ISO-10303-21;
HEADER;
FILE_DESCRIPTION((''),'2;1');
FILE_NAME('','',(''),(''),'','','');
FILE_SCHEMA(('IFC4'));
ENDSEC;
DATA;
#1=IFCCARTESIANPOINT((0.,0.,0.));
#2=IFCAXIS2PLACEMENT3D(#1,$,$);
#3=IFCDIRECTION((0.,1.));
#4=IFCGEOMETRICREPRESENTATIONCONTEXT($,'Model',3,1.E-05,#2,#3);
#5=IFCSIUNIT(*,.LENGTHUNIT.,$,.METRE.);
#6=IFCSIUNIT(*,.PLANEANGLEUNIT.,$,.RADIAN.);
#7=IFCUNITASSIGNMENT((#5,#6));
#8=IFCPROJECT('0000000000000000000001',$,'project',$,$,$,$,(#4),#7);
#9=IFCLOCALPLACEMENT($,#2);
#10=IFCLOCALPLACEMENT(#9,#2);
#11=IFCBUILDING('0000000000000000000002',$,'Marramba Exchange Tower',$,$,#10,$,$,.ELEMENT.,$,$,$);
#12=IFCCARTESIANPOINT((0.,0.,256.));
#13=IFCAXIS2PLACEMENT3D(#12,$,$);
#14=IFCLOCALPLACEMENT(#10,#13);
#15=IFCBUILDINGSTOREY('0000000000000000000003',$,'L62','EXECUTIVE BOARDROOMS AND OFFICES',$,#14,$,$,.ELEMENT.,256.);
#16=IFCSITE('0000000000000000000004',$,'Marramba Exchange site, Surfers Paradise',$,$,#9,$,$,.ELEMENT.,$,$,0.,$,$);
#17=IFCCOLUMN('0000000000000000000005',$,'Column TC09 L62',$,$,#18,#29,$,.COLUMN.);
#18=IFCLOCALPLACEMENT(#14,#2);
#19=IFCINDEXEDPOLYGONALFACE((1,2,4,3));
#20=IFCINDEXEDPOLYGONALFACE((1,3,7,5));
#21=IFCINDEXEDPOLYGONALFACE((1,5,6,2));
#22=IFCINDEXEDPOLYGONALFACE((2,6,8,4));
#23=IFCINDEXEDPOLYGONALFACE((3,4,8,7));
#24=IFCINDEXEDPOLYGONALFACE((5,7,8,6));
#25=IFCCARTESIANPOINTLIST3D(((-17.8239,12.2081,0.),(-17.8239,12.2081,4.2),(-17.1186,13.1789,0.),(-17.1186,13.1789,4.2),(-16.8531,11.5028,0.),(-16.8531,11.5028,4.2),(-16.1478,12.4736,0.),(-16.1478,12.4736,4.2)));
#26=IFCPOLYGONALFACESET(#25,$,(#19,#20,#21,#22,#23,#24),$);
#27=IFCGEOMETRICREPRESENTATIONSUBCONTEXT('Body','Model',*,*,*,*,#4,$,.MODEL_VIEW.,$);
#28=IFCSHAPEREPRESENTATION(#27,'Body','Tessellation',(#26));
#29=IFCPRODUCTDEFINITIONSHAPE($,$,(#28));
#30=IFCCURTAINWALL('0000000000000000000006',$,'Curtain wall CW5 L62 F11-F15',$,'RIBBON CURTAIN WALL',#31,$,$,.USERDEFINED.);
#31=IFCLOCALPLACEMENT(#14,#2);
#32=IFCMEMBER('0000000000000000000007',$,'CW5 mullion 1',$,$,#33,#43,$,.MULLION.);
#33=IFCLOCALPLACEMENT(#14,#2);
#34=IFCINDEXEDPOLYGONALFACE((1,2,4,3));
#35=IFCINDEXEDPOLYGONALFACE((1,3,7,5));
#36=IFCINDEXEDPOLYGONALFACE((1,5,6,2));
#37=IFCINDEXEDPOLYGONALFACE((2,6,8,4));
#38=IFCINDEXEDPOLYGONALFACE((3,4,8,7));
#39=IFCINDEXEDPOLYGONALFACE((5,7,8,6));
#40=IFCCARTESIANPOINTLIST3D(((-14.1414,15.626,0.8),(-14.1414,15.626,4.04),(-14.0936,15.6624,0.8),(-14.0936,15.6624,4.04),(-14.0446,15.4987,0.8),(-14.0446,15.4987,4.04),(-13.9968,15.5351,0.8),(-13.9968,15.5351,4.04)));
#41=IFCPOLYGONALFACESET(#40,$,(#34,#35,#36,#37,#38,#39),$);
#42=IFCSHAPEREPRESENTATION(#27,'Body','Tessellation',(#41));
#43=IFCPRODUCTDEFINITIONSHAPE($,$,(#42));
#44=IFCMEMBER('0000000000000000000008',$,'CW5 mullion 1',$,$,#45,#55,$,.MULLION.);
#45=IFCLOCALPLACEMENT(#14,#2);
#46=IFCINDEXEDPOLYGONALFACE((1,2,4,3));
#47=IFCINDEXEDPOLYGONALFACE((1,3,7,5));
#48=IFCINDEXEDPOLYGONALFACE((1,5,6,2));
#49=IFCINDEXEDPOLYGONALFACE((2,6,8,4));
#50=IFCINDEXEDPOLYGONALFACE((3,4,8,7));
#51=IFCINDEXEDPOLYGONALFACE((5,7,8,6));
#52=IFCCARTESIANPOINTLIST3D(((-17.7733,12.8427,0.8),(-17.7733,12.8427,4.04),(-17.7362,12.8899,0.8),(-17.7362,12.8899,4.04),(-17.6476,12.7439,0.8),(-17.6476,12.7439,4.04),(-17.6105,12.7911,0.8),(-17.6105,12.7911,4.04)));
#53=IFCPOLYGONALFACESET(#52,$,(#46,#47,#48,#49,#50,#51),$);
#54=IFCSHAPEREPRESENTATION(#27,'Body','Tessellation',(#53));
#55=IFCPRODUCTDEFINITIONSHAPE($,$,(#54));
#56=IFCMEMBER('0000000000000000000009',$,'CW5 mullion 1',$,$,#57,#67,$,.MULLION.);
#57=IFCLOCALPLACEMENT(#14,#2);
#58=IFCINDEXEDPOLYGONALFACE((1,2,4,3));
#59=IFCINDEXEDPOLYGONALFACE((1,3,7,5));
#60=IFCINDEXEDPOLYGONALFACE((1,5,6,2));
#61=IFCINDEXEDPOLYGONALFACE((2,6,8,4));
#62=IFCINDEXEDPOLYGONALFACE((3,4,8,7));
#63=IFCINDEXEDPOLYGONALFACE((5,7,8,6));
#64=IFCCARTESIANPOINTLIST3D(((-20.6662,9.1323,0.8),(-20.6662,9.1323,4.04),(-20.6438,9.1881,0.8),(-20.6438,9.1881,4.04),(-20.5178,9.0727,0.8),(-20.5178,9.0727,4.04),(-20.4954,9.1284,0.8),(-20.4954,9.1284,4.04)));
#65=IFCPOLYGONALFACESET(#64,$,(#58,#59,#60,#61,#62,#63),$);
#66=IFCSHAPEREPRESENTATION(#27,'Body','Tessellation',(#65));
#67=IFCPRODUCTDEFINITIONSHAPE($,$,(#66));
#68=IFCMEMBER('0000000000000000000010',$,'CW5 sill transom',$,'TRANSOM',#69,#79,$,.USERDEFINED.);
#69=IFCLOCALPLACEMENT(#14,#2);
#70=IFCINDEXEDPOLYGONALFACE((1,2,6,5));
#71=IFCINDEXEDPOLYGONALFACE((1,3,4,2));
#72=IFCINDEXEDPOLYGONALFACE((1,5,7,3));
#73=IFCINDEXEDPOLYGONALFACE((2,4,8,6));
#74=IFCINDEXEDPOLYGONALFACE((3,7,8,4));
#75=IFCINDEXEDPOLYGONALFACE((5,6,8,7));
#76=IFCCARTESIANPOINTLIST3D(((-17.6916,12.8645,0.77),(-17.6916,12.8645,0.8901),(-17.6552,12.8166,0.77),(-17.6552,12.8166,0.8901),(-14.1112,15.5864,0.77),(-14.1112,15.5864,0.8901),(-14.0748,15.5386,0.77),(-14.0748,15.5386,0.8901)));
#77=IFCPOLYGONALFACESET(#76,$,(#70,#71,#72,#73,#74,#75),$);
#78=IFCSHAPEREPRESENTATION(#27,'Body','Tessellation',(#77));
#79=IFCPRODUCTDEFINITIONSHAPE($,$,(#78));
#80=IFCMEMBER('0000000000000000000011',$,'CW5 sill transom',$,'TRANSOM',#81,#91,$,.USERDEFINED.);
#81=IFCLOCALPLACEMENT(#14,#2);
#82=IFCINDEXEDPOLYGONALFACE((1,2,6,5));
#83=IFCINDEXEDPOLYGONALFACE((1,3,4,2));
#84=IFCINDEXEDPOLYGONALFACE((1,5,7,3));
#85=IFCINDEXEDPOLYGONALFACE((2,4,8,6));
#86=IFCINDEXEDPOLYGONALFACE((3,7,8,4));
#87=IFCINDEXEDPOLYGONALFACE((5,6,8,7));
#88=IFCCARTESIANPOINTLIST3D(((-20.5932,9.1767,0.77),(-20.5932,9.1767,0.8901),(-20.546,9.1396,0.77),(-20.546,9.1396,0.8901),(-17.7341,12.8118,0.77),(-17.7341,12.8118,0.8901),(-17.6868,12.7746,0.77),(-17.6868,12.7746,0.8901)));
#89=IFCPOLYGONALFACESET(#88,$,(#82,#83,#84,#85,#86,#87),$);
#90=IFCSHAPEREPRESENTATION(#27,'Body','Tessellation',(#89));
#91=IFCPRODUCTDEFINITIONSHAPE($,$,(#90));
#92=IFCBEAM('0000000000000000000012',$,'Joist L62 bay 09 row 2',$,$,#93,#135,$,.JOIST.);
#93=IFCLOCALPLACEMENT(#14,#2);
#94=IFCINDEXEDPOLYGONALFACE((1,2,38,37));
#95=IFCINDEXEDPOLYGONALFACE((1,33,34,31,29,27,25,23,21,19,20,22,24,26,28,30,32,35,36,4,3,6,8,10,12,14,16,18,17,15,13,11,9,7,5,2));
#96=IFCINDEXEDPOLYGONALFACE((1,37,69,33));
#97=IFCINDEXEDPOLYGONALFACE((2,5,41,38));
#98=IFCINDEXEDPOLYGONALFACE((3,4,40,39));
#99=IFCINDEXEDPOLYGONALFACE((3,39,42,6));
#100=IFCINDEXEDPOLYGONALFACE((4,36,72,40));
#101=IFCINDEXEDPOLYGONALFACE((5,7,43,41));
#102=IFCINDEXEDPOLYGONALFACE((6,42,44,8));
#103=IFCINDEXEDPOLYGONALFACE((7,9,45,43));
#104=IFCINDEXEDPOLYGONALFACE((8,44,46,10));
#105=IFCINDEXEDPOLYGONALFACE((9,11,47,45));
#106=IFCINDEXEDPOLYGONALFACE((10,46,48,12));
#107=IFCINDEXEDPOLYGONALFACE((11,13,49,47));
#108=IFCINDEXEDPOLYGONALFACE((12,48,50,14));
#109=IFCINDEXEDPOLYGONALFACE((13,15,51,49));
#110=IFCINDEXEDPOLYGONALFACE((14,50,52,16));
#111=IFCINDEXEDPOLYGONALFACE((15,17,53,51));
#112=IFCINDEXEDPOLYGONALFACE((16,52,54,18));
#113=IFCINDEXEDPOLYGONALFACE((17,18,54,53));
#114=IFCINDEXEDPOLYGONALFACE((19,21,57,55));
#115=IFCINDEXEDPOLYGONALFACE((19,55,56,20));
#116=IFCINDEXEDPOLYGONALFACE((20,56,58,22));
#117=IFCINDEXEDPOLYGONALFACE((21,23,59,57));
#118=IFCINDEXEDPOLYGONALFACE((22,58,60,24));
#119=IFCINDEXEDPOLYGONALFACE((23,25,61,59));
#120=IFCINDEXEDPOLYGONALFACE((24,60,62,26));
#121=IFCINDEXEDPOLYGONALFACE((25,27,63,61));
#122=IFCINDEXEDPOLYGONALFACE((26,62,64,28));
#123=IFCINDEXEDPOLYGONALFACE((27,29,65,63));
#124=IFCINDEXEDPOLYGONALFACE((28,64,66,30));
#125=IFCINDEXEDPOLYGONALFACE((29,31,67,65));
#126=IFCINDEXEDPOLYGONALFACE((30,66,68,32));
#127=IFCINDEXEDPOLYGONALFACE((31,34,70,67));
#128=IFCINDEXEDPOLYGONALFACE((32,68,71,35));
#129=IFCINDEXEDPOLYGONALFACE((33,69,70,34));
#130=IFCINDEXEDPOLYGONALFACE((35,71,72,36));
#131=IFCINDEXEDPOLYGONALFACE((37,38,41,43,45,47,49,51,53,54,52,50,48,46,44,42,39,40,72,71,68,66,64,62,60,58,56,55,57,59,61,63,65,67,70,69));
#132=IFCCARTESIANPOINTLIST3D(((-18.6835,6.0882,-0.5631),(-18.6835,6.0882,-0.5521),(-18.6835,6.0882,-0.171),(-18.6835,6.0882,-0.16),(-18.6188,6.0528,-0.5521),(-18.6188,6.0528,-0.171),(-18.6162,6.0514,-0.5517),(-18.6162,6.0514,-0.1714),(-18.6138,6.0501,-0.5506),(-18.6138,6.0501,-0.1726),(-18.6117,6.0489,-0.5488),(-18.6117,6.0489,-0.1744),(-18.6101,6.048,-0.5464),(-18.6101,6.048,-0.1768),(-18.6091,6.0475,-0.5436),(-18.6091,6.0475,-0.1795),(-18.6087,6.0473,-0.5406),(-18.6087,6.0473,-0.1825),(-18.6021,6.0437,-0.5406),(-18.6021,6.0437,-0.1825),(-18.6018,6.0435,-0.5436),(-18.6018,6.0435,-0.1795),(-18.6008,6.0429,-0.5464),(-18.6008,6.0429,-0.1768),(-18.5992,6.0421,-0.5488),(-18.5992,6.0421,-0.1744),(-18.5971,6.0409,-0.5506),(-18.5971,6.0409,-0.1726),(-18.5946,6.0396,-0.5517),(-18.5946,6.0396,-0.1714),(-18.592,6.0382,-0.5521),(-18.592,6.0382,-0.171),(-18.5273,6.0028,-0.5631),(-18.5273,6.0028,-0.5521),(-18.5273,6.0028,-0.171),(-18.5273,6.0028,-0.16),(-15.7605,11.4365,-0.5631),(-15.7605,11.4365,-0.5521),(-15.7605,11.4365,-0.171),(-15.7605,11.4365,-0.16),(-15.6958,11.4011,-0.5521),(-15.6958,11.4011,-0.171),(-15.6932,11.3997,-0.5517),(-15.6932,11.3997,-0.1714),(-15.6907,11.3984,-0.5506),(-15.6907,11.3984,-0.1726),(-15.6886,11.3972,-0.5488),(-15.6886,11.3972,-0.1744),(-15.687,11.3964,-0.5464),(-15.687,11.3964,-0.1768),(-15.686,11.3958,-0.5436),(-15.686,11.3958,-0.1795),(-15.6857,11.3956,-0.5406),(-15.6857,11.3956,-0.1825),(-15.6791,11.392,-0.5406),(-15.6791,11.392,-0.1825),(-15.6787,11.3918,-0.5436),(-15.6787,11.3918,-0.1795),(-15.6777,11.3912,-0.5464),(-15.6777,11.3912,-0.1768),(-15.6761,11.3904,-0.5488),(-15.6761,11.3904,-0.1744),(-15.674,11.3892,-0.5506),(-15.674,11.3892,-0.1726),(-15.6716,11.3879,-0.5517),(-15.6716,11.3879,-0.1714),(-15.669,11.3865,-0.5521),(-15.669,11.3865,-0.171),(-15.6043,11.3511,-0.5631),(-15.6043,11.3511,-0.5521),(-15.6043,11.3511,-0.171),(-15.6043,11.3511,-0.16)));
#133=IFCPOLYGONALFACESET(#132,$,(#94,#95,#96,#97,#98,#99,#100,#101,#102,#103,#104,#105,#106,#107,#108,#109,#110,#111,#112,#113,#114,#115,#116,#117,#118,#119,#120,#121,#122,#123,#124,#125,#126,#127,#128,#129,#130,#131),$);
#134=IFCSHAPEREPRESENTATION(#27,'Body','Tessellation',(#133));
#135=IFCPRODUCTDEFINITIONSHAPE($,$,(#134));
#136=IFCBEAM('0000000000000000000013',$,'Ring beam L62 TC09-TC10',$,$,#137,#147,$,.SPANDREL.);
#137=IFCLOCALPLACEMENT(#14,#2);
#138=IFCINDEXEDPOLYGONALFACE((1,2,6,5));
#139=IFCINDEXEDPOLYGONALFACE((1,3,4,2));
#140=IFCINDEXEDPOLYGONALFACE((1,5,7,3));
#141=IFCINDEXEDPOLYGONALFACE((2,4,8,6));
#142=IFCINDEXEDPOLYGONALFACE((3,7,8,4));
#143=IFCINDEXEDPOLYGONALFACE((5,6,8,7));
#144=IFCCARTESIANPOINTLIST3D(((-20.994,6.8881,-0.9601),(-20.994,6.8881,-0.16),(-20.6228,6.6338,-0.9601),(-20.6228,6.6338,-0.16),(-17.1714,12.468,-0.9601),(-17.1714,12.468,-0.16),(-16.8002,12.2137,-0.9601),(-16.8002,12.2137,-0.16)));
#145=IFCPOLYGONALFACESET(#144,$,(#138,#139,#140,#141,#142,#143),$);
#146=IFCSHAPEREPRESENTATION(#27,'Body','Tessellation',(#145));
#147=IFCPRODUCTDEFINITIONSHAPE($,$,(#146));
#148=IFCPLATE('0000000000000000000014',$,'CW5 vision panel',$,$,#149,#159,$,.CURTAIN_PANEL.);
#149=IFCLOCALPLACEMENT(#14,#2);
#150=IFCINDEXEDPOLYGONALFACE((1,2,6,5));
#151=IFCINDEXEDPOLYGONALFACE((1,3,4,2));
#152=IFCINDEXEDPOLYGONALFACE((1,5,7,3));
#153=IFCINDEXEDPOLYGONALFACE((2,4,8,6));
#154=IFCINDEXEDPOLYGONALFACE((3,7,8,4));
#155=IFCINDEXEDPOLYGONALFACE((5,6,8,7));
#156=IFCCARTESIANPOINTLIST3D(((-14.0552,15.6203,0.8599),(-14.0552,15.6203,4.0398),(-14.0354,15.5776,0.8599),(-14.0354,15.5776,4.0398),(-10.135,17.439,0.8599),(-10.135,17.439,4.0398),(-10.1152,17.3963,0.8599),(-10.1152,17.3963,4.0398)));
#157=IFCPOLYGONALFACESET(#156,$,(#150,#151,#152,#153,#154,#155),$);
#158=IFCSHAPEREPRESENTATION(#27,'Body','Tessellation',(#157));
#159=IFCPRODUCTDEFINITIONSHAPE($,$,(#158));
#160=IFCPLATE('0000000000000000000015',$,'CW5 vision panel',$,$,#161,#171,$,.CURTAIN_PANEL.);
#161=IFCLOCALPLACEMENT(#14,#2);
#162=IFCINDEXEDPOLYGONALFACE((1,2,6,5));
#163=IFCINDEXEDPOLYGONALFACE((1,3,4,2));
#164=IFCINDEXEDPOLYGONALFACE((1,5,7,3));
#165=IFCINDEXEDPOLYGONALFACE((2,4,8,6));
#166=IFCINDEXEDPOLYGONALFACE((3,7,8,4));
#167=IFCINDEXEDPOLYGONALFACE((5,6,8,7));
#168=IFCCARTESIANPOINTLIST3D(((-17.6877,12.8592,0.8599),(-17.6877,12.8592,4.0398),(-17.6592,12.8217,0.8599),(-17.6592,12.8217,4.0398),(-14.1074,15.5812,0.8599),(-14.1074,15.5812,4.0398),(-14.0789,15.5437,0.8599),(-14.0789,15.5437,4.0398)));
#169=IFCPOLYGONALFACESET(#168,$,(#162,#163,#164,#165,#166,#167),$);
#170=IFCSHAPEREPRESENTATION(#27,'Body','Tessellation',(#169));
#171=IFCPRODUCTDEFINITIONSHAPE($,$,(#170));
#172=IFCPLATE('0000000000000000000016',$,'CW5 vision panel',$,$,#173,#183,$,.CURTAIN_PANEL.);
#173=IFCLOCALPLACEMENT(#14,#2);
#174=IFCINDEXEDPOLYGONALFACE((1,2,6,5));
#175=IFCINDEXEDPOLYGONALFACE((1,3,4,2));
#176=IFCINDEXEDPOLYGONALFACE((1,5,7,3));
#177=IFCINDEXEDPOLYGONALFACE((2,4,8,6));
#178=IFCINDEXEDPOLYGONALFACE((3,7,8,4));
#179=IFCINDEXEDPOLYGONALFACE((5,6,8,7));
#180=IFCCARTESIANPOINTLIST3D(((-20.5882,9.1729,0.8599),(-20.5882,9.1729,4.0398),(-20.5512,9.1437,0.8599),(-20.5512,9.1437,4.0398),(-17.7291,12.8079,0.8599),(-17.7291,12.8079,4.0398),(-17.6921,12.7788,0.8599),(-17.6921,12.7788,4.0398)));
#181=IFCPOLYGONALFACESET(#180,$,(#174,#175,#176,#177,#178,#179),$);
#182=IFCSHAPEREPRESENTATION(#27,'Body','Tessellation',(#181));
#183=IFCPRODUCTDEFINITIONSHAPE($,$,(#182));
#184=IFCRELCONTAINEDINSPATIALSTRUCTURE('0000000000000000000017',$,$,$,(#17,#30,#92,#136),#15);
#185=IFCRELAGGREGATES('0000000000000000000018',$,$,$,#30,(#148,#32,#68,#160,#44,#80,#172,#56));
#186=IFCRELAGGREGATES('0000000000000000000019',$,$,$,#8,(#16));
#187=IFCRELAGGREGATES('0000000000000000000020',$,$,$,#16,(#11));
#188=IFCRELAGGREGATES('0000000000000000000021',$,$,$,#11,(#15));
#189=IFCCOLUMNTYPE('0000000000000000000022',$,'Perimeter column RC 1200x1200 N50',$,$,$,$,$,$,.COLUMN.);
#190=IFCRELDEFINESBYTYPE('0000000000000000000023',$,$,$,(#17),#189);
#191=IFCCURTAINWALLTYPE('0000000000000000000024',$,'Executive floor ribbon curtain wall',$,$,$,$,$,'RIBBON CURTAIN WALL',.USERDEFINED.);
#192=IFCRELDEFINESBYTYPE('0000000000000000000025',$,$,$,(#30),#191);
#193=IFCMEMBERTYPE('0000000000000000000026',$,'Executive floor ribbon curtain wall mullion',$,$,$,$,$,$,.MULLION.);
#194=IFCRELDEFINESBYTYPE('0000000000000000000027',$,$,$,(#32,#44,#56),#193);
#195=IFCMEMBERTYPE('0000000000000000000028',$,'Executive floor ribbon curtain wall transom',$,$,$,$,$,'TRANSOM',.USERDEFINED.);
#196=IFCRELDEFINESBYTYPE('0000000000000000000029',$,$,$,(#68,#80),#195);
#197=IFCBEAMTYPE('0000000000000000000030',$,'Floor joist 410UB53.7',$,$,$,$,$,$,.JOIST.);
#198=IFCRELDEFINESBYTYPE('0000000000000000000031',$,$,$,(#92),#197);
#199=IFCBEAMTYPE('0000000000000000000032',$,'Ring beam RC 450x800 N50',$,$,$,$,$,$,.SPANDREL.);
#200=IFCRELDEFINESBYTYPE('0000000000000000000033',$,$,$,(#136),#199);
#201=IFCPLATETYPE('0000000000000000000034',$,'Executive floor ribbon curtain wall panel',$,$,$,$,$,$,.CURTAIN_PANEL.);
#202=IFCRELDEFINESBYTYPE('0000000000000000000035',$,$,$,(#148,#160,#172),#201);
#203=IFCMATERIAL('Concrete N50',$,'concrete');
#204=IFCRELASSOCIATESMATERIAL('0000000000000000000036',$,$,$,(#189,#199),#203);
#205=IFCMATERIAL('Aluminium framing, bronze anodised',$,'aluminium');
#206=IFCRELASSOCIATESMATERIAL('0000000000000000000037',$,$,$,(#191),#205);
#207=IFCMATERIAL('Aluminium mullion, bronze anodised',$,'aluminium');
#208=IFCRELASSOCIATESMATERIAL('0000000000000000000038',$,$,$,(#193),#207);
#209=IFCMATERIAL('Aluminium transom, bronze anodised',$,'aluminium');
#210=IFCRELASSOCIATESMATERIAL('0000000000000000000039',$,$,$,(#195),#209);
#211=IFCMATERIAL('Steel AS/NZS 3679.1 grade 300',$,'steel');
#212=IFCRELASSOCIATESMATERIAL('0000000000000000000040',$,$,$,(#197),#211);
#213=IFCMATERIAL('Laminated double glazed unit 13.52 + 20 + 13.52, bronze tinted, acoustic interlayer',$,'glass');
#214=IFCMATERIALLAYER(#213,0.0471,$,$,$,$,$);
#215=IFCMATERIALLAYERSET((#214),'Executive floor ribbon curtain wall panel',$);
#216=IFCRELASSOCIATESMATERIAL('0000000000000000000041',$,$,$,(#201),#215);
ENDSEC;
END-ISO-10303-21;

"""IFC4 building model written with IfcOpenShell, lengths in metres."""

from ifc_helpers import new_model, si_unit, direction, frame, origin, origin_2d, place, context, subcontext, project, spatial, rectangle, i_section, extrude, material, layer, layer_set, material_profile, profile_set, type_object, element, aggregate, save


model = new_model("IFC4")

# Units and contexts
model_context = context("Model", 3, precision=1e-05, world=origin(), true_north=direction((0.0, 1.0)))
body_context = subcontext(model_context, "Body", "Model", "MODEL_VIEW")
ifc_project = project(units=[si_unit("LENGTHUNIT", "METRE"), si_unit("PLANEANGLEUNIT", "RADIAN")], contexts=[model_context])

# Site, building, storey
site_placement = place(None, origin())
site = spatial("IfcSite", under=ifc_project, at=site_placement, Name="Marramba Exchange site, Surfers Paradise", CompositionType="ELEMENT", RefElevation=0.0)
building_placement = place(site_placement, origin())
building = spatial("IfcBuilding", under=site, at=building_placement, Name="Marramba Exchange Tower", CompositionType="ELEMENT")
storey_placement = place(building_placement, frame((0.0, 0.0, 256.0)))
storey = spatial("IfcBuildingStorey", under=building, at=storey_placement, Name="L62", Description="EXECUTIVE BOARDROOMS AND OFFICES", CompositionType="ELEMENT", Elevation=256.0)

# Column
ifc_material_1 = material(Name="Concrete N50", Category="concrete")
ifc_material_profile_1 = material_profile(ifc_material_1, rectangle(XDim=1.2, YDim=1.2, at=origin_2d()), Name="RC 1200x1200")
ifc_profile_set_1 = profile_set([ifc_material_profile_1], Name="Concrete N50")
column_type = type_object("IfcColumnType", Name="Perimeter column RC 1200x1200 N50", PredefinedType="COLUMN", material=ifc_profile_set_1)
column_placement = place(storey_placement, frame((-16.9858, 12.3408, 0.0), z_axis=(0.0, 0.0, 1.0), x_axis=(-0.809017, 0.587785, 0.0)))
element("IfcColumn", 1, at=column_placement, inside=storey, type_object=column_type, Name="Column TC09 L62", PredefinedType="COLUMN", context=body_context, shape_type="SweptSolid", body=[
    extrude(rectangle(XDim=1.2, YDim=1.2, at=origin_2d()), origin(), (0.0, 0.0, 1.0), 4.2),
])

# Curtain wall, members
ifc_material_2 = material(Name="Aluminium framing, bronze anodised", Category="aluminium")
curtain_wall_type = type_object("IfcCurtainWallType", Name="Executive floor ribbon curtain wall", ElementType="RIBBON CURTAIN WALL", PredefinedType="USERDEFINED", material=ifc_material_2)
curtain_wall_placement = place(storey_placement, origin())
curtain_wall = element("IfcCurtainWall", 2, at=curtain_wall_placement, inside=storey, type_object=curtain_wall_type, Name="Curtain wall CW5 L62 F11-F15", ObjectType="RIBBON CURTAIN WALL", PredefinedType="USERDEFINED")
ifc_material_3 = material(Name="Aluminium mullion, bronze anodised", Category="aluminium")
ifc_material_profile_2 = material_profile(ifc_material_3, rectangle(XDim=0.1599, YDim=0.0601, at=origin_2d()), Name="CW5 mullion 60x160")
ifc_profile_set_2 = profile_set([ifc_material_profile_2], Name="Aluminium mullion, bronze anodised")
member_type_1 = type_object("IfcMemberType", Name="Executive floor ribbon curtain wall mullion", PredefinedType="MULLION", material=ifc_profile_set_2)
member_1_placement = place(storey_placement, frame((-14.0691, 15.5806, 0.8), z_axis=(0.0, 0.0, 1.0), x_axis=(0.605219, -0.796059, 0.0)))
member_1 = element("IfcMember", 3, at=member_1_placement, type_object=member_type_1, Name="CW5 mullion 1", PredefinedType="MULLION", context=body_context, shape_type="SweptSolid", body=[
    extrude(rectangle(XDim=0.1599, YDim=0.0601, at=origin_2d()), origin(), (0.0, 0.0, 1.0), 3.24),
])
member_2_placement = place(storey_placement, frame((-17.6919, 12.8169, 0.8), z_axis=(0.0, 0.0, 1.0), x_axis=(0.786003, -0.618223, 0.0)))
member_2 = element("IfcMember", 4, at=member_2_placement, type_object=member_type_1, Name="CW5 mullion 1", PredefinedType="MULLION", context=body_context, shape_type="SweptSolid", body=[
    extrude(rectangle(XDim=0.1599, YDim=0.0601, at=origin_2d()), origin(), (0.0, 0.0, 1.0), 3.24),
])
member_3_placement = place(storey_placement, frame((-20.5808, 9.1304, 0.8), z_axis=(0.0, 0.0, 1.0), x_axis=(0.927838, -0.372983, 0.0)))
member_3 = element("IfcMember", 5, at=member_3_placement, type_object=member_type_1, Name="CW5 mullion 1", PredefinedType="MULLION", context=body_context, shape_type="SweptSolid", body=[
    extrude(rectangle(XDim=0.1599, YDim=0.0601, at=origin_2d()), origin(), (0.0, 0.0, 1.0), 3.24),
])
ifc_material_4 = material(Name="Aluminium transom, bronze anodised", Category="aluminium")
ifc_material_profile_3 = material_profile(ifc_material_4, rectangle(XDim=0.0601, YDim=0.1201, at=origin_2d()), Name="CW5 transom 60x120")
ifc_profile_set_3 = profile_set([ifc_material_profile_3], Name="Aluminium transom, bronze anodised")
member_type_2 = type_object("IfcMemberType", Name="Executive floor ribbon curtain wall transom", ElementType="TRANSOM", PredefinedType="USERDEFINED", material=ifc_profile_set_3)
member_4_placement = place(storey_placement, frame((-14.093, 15.5625, 0.8301), z_axis=(-0.796068, -0.605207, 0.0), x_axis=(0.605207, -0.796068, 0.0)))
member_4 = element("IfcMember", 6, at=member_4_placement, type_object=member_type_2, Name="CW5 sill transom", ObjectType="TRANSOM", PredefinedType="USERDEFINED", context=body_context, shape_type="SweptSolid", body=[
    extrude(rectangle(XDim=0.0601, YDim=0.1201, at=origin_2d()), origin(), (0.0, 0.0, 1.0), 4.4976),
])
member_5_placement = place(storey_placement, frame((-17.7104, 12.7932, 0.8301), z_axis=(-0.618229, -0.785998, 0.0), x_axis=(0.785998, -0.618229, 0.0)))
member_5 = element("IfcMember", 7, at=member_5_placement, type_object=member_type_2, Name="CW5 sill transom", ObjectType="TRANSOM", PredefinedType="USERDEFINED", context=body_context, shape_type="SweptSolid", body=[
    extrude(rectangle(XDim=0.0601, YDim=0.1201, at=origin_2d()), origin(), (0.0, 0.0, 1.0), 4.6248),
])

# Beams
ifc_material_5 = material(Name="Steel AS/NZS 3679.1 grade 300", Category="steel")
ifc_material_profile_4 = material_profile(ifc_material_5, i_section(OverallWidth=0.178, OverallDepth=0.4031, WebThickness=0.0076, FlangeThickness=0.011, FilletRadius=0.0115, at=origin_2d()), Name="410UB53.7")
ifc_profile_set_4 = profile_set([ifc_material_profile_4], Name="Steel AS/NZS 3679.1 grade 300")
beam_type_1 = type_object("IfcBeamType", Name="Floor joist 410UB53.7", PredefinedType="JOIST", material=ifc_profile_set_4)
beam_1_placement = place(storey_placement, frame((-15.6824, 11.3938, -0.3616), z_axis=(-0.479584, -0.877496, 0.0), x_axis=(0.877496, -0.479584, 0.0)))
element("IfcBeam", 8, at=beam_1_placement, inside=storey, type_object=beam_type_1, Name="Joist L62 bay 09 row 2", PredefinedType="JOIST", context=body_context, shape_type="SweptSolid", body=[
    extrude(i_section(OverallWidth=0.178, OverallDepth=0.4031, WebThickness=0.0076, FlangeThickness=0.011, FilletRadius=0.0115, at=origin_2d()), origin(), (0.0, 0.0, 1.0), 6.095),
])
ifc_material_profile_5 = material_profile(ifc_material_1, rectangle(XDim=0.45, YDim=0.8, at=origin_2d()), Name="RC 450x800")
ifc_profile_set_5 = profile_set([ifc_material_profile_5], Name="Concrete N50")
beam_type_2 = type_object("IfcBeamType", Name="Ring beam RC 450x800 N50", PredefinedType="SPANDREL", material=ifc_profile_set_5)
beam_2_placement = place(storey_placement, frame((-16.9858, 12.3408, -0.5601), z_axis=(-0.56516, -0.824981, 0.0), x_axis=(0.824981, -0.56516, 0.0)))
element("IfcBeam", 9, at=beam_2_placement, inside=storey, type_object=beam_type_2, Name="Ring beam L62 TC09-TC10", PredefinedType="SPANDREL", context=body_context, shape_type="SweptSolid", body=[
    extrude(rectangle(XDim=0.45, YDim=0.8, at=origin_2d()), origin(), (0.0, 0.0, 1.0), 6.7637),
])

# Plates
ifc_material_6 = material(Name="Laminated double glazed unit 13.52 + 20 + 13.52, bronze tinted, acoustic interlayer", Category="glass")
ifc_layer_1 = layer(ifc_material_6, 0.0471)
ifc_layer_set_1 = layer_set([ifc_layer_1], Name="Executive floor ribbon curtain wall panel")
plate_type = type_object("IfcPlateType", Name="Executive floor ribbon curtain wall panel", PredefinedType="CURTAIN_PANEL", material=ifc_layer_set_1)
plate_1_placement = place(storey_placement, frame((-12.0852, 16.5083, 0.8599), z_axis=(0.0, 0.0, 1.0), x_axis=(-0.907131, -0.420849, 0.0)))
plate_1 = element("IfcPlate", 10, at=plate_1_placement, type_object=plate_type, Name="CW5 vision panel", PredefinedType="CURTAIN_PANEL", context=body_context, shape_type="SweptSolid", body=[
    extrude(rectangle(XDim=4.3215, YDim=0.0471, at=origin_2d()), origin(), (0.0, 0.0, 1.0), 3.1799),
])
plate_2_placement = place(storey_placement, frame((-15.8833, 14.2014, 0.8599), z_axis=(0.0, 0.0, 1.0), x_axis=(-0.796059, -0.605219, 0.0)))
plate_2 = element("IfcPlate", 11, at=plate_2_placement, type_object=plate_type, Name="CW5 vision panel", PredefinedType="CURTAIN_PANEL", context=body_context, shape_type="SweptSolid", body=[
    extrude(rectangle(XDim=4.4976, YDim=0.0471, at=origin_2d()), origin(), (0.0, 0.0, 1.0), 3.1799),
])
plate_3_placement = place(storey_placement, frame((-19.1401, 10.9758, 0.8599), z_axis=(0.0, 0.0, 1.0), x_axis=(-0.618223, -0.786003, 0.0)))
plate_3 = element("IfcPlate", 12, at=plate_3_placement, type_object=plate_type, Name="CW5 vision panel", PredefinedType="CURTAIN_PANEL", context=body_context, shape_type="SweptSolid", body=[
    extrude(rectangle(XDim=4.6248, YDim=0.0471, at=origin_2d()), origin(), (0.0, 0.0, 1.0), 3.1799),
])
aggregate(curtain_wall, [plate_1, member_1, member_4, plate_2, member_2, member_5, plate_3, member_3])

save(model, "model.ifc")
